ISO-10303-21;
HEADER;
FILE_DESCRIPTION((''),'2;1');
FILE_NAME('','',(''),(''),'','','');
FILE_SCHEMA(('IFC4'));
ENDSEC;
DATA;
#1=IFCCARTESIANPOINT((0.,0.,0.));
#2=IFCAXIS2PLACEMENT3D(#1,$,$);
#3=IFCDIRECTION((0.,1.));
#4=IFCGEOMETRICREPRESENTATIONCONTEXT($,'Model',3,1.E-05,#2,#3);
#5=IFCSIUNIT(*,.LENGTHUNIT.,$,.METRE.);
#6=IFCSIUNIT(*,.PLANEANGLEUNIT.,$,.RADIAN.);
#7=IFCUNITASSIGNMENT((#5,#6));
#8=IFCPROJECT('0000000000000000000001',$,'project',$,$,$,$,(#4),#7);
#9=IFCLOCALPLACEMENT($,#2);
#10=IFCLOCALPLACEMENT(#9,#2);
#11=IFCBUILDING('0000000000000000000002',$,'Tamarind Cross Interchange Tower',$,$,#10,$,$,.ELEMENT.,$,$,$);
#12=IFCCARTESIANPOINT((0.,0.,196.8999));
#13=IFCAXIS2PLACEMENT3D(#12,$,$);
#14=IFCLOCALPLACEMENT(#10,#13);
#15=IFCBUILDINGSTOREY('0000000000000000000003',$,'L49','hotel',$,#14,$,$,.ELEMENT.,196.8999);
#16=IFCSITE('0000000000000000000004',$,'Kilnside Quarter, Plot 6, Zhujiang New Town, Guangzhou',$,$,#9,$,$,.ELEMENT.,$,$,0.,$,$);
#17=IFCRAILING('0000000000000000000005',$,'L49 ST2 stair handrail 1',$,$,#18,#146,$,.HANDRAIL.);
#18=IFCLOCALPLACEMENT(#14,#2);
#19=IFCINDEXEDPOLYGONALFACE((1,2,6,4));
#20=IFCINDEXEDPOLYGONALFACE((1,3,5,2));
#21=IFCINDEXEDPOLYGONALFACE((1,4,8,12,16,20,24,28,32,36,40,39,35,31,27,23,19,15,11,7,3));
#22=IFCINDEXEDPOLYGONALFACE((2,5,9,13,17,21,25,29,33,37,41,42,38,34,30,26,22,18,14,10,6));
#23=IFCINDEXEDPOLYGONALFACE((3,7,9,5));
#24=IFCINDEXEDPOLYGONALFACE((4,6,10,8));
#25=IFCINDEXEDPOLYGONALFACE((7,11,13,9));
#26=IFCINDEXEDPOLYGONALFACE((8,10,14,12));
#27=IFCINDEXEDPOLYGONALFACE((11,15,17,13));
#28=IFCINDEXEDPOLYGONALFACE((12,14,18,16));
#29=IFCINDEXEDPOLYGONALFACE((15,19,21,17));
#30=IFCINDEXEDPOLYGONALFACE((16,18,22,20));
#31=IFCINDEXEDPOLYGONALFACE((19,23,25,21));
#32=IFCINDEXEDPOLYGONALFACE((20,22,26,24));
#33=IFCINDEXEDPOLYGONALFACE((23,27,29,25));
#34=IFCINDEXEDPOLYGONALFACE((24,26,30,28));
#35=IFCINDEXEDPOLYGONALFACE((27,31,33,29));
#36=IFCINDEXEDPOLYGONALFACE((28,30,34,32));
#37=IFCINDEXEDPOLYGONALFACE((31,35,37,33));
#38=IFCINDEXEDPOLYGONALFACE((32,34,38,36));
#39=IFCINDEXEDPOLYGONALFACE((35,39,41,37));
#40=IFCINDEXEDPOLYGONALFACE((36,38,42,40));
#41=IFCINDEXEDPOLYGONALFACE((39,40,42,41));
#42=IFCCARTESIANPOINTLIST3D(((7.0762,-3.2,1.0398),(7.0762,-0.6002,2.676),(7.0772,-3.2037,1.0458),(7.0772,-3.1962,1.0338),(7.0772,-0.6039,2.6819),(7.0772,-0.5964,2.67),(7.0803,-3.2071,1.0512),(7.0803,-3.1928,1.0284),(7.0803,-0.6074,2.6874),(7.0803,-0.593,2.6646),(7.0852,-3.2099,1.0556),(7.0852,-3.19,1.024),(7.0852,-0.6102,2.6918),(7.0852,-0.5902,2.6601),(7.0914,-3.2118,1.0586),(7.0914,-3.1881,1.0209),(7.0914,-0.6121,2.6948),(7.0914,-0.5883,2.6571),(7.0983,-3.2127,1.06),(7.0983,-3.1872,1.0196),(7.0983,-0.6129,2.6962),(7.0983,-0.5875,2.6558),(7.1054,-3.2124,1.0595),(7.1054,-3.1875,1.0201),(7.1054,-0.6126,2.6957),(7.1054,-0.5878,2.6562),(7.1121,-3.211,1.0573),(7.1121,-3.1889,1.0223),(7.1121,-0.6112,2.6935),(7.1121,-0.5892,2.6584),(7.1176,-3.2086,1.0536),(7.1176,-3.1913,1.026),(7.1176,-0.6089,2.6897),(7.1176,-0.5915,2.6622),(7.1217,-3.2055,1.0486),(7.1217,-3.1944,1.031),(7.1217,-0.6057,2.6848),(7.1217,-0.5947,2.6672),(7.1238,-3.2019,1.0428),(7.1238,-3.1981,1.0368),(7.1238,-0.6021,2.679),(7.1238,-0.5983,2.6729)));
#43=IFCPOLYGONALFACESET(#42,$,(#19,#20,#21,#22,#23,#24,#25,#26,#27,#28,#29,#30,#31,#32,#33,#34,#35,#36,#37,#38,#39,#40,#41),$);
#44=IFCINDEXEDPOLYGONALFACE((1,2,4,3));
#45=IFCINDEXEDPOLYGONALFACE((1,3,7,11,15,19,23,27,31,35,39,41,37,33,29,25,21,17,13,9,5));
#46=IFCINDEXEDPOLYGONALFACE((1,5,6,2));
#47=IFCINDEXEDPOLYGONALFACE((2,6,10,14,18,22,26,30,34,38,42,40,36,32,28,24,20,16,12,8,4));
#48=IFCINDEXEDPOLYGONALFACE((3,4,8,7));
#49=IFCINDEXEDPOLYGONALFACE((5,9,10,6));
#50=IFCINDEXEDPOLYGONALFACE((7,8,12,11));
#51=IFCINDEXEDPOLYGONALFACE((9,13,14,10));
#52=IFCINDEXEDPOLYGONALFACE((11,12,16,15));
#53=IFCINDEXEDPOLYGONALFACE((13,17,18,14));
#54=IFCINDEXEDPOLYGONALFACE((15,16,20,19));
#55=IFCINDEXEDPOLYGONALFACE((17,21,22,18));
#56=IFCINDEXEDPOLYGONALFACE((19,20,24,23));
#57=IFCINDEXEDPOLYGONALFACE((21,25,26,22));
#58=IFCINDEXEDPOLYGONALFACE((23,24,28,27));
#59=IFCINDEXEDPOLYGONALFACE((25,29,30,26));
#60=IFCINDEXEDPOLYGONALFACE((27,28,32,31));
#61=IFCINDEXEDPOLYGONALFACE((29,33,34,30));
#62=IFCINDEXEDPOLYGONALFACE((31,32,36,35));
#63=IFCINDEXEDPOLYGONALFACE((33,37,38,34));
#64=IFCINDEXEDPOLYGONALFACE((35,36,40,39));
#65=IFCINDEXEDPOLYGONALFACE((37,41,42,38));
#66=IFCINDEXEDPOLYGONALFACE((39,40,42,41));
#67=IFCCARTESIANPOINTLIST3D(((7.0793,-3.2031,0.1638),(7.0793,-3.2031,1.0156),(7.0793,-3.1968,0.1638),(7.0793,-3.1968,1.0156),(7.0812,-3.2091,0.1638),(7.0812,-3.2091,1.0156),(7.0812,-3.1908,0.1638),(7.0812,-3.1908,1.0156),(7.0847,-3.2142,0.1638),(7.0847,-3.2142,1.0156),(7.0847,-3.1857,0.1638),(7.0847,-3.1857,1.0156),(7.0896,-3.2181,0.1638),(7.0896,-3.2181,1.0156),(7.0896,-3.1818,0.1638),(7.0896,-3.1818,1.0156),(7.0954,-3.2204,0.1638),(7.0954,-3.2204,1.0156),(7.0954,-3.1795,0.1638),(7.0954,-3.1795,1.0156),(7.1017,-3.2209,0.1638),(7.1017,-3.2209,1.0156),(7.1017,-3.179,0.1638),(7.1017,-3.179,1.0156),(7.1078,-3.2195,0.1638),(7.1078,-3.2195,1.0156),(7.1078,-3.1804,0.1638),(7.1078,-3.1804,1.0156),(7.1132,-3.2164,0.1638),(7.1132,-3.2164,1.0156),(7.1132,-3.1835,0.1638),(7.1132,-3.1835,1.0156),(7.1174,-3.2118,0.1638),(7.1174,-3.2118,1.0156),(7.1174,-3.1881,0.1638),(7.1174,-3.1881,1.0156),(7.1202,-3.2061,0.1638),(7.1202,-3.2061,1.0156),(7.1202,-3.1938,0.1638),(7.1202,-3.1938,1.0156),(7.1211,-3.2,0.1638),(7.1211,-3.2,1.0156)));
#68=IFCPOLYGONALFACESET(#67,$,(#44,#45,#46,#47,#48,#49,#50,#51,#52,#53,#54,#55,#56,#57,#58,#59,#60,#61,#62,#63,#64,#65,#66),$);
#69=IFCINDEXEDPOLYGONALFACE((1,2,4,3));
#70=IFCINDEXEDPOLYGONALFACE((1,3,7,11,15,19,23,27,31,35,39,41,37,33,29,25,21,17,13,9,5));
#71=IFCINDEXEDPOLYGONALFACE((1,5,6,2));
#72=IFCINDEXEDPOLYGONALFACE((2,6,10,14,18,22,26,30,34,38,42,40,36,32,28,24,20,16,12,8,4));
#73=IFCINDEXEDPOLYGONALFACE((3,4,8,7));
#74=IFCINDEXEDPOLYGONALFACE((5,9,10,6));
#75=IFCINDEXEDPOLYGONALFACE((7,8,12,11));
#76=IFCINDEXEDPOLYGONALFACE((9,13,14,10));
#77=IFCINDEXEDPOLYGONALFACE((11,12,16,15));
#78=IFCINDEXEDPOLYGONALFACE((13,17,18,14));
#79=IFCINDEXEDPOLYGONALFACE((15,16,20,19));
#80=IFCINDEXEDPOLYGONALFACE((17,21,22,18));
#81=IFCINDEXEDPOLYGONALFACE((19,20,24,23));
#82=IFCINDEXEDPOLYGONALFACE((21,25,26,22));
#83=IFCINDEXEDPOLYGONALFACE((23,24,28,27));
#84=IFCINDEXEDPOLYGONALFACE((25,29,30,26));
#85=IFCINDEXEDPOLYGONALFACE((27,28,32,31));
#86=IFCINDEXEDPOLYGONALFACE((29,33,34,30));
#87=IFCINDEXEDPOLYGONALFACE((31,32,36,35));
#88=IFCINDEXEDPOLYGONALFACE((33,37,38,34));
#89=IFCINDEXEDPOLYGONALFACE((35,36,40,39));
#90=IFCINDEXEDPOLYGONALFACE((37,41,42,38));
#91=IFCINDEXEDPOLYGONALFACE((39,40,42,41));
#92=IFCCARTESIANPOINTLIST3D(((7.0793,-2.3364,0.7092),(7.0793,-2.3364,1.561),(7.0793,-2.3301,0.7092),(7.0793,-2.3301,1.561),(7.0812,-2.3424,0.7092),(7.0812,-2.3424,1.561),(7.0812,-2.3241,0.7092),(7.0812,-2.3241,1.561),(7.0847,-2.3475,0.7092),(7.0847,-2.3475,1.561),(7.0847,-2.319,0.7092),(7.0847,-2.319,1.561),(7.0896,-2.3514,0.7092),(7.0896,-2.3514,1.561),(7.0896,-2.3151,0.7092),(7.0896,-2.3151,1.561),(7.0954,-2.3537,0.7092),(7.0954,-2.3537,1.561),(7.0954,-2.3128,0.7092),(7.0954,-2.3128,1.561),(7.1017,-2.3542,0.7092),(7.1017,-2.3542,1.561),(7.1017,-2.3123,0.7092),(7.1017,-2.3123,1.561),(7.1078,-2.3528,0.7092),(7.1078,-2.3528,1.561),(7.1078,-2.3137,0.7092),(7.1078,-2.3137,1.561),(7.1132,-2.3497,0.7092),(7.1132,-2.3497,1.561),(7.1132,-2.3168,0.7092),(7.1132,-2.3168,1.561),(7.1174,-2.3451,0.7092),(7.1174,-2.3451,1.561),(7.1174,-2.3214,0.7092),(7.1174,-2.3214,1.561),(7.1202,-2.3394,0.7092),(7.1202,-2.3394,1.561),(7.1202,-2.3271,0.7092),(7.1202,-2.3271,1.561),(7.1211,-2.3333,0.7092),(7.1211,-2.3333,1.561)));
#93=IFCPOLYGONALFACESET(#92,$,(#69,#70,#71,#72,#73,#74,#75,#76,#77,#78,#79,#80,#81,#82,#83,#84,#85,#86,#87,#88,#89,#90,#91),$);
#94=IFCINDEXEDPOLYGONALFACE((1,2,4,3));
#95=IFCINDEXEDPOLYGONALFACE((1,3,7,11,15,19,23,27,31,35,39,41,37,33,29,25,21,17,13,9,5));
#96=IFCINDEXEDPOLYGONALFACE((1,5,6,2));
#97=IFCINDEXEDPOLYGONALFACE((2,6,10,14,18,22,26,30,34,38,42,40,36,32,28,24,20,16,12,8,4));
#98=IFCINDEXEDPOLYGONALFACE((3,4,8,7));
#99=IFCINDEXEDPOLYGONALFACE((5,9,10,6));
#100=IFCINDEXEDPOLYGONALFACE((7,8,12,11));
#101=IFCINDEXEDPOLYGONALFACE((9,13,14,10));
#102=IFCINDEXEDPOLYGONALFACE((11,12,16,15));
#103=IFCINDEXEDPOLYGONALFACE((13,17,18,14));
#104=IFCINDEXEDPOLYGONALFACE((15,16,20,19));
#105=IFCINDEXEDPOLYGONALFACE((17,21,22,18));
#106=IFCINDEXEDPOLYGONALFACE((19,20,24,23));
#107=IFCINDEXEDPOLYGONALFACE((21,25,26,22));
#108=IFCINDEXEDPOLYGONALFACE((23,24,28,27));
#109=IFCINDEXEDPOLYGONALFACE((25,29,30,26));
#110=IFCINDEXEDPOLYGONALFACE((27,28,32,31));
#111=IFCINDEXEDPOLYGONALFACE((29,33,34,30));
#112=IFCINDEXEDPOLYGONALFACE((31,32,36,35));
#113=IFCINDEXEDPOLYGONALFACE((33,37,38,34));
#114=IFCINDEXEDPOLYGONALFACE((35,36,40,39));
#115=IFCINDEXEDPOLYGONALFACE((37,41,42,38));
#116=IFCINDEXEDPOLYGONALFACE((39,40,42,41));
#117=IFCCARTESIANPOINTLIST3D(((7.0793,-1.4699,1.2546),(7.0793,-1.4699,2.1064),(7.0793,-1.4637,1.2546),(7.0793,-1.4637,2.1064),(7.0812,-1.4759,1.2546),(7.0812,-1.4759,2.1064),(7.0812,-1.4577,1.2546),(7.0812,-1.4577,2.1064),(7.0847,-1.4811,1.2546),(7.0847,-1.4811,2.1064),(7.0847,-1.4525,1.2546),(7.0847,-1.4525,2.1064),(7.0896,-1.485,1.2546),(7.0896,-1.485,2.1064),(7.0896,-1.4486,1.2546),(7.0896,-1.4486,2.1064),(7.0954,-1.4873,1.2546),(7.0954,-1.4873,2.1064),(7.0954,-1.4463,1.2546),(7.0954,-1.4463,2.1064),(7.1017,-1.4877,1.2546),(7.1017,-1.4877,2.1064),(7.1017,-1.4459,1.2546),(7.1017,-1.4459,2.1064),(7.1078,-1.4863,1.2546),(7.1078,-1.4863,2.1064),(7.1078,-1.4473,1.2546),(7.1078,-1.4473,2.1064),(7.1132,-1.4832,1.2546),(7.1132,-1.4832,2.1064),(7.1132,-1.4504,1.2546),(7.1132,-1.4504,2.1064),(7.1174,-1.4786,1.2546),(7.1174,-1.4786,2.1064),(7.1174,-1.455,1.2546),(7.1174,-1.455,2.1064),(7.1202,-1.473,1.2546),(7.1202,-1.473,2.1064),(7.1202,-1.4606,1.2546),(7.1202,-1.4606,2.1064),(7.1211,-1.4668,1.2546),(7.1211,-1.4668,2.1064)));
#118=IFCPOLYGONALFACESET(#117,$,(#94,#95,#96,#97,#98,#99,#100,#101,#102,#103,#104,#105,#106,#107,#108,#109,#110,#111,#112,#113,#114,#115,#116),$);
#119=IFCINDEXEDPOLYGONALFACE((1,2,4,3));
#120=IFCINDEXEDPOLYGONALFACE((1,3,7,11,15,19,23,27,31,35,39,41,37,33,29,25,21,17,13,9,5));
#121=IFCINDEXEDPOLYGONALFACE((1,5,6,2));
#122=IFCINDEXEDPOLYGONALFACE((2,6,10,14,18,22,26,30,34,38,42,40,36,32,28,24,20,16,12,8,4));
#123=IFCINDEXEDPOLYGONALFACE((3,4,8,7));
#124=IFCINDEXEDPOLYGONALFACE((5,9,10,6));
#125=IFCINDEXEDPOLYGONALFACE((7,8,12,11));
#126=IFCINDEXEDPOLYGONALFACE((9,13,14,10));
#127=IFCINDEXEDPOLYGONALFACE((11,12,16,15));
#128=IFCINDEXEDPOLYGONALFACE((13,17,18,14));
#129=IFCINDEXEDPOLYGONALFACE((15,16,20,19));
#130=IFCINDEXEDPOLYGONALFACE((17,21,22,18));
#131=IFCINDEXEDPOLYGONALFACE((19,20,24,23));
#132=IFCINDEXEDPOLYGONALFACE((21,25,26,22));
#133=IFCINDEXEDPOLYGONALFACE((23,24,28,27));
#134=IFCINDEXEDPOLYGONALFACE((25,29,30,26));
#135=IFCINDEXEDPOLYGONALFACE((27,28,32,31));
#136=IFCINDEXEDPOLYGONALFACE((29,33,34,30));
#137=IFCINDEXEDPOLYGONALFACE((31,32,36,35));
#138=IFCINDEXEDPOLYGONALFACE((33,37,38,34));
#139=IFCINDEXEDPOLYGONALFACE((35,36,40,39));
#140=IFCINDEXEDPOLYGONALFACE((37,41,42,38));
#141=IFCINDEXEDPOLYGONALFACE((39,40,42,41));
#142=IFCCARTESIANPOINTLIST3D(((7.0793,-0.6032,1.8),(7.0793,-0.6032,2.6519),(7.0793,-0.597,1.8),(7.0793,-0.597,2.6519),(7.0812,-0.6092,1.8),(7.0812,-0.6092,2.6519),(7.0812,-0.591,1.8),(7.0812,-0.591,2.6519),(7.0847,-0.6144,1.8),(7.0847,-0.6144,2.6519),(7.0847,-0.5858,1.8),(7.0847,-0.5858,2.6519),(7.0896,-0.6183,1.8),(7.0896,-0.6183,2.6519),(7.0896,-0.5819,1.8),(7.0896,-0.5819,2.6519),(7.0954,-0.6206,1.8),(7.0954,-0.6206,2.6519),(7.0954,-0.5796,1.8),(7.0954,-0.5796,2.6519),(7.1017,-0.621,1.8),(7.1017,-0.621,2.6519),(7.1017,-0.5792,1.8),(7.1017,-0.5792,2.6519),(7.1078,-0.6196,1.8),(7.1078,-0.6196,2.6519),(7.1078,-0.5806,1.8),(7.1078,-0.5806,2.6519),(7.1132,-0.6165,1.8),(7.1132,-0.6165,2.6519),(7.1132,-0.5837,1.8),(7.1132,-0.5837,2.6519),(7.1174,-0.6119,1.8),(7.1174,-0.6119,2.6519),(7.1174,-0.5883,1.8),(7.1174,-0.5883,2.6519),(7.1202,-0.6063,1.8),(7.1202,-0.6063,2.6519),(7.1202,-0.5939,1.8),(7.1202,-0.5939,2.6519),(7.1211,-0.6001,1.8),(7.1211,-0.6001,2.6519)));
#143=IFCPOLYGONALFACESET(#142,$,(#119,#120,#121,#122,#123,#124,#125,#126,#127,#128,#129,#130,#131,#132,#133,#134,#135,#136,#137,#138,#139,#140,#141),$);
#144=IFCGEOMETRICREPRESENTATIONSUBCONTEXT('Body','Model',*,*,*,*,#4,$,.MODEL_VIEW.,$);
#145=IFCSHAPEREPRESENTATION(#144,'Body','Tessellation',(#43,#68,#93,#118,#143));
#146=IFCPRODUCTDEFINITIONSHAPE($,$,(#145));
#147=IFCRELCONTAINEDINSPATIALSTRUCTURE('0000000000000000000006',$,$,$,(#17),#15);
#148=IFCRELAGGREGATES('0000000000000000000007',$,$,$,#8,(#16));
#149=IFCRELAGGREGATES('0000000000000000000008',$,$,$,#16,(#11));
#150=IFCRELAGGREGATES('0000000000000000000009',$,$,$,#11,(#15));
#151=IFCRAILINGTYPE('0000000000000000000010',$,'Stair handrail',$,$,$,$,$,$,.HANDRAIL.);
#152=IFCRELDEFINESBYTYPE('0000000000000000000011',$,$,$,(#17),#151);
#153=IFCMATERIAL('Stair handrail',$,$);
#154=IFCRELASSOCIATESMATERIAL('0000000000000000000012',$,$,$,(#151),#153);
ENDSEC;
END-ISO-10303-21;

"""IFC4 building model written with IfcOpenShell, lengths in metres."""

from ifc_helpers import new_model, si_unit, direction, frame, origin, origin_2d, place, context, subcontext, project, spatial, circle, extrude, material, type_object, element, save


model = new_model("IFC4")

# Units and contexts
model_context = context("Model", 3, precision=1e-05, world=origin(), true_north=direction((0.0, 1.0)))
body_context = subcontext(model_context, "Body", "Model", "MODEL_VIEW")
ifc_project = project(units=[si_unit("LENGTHUNIT", "METRE"), si_unit("PLANEANGLEUNIT", "RADIAN")], contexts=[model_context])

# Site, building, storey
site_placement = place(None, origin())
site = spatial("IfcSite", under=ifc_project, at=site_placement, Name="Kilnside Quarter, Plot 6, Zhujiang New Town, Guangzhou", CompositionType="ELEMENT", RefElevation=0.0)
building_placement = place(site_placement, origin())
building = spatial("IfcBuilding", under=site, at=building_placement, Name="Tamarind Cross Interchange Tower", CompositionType="ELEMENT")
storey_placement = place(building_placement, frame((0.0, 0.0, 196.8999)))
storey = spatial("IfcBuildingStorey", under=building, at=storey_placement, Name="L49", Description="hotel", CompositionType="ELEMENT", Elevation=196.8999)

# Railing
ifc_material_1 = material(Name="Stair handrail")
railing_type_1 = type_object("IfcRailingType", Name="Stair handrail", PredefinedType="HANDRAIL", material=ifc_material_1)
railing_1_placement = place(storey_placement, frame((7.1001, -3.2, 0.1638)))
element("IfcRailing", 1, at=railing_1_placement, inside=storey, type_object=railing_type_1, Name="L49 ST2 stair handrail 1", PredefinedType="HANDRAIL", context=body_context, shape_type="SweptSolid", body=[
    extrude(circle(Radius=0.0239, at=origin_2d()), frame((0.0, 0.0, 0.876), z_axis=(0.0, 0.846338, 0.532647), x_axis=(-1.0, 0.0, 0.0)), (0.0, 0.0, 1.0), 3.0718),
    extrude(circle(Radius=0.021, at=origin_2d()), origin(), (0.0, 0.0, 1.0), 0.8518),
    extrude(circle(Radius=0.021, at=origin_2d()), frame((0.0, 0.8667, 0.5454)), (0.0, 0.0, 1.0), 0.8518),
    extrude(circle(Radius=0.021, at=origin_2d()), frame((0.0, 1.7332, 1.0908)), (0.0, 0.0, 1.0), 0.8518),
    extrude(circle(Radius=0.021, at=origin_2d()), frame((0.0, 2.5999, 1.6362)), (0.0, 0.0, 1.0), 0.8518),
])

save(model, "model.ifc")
